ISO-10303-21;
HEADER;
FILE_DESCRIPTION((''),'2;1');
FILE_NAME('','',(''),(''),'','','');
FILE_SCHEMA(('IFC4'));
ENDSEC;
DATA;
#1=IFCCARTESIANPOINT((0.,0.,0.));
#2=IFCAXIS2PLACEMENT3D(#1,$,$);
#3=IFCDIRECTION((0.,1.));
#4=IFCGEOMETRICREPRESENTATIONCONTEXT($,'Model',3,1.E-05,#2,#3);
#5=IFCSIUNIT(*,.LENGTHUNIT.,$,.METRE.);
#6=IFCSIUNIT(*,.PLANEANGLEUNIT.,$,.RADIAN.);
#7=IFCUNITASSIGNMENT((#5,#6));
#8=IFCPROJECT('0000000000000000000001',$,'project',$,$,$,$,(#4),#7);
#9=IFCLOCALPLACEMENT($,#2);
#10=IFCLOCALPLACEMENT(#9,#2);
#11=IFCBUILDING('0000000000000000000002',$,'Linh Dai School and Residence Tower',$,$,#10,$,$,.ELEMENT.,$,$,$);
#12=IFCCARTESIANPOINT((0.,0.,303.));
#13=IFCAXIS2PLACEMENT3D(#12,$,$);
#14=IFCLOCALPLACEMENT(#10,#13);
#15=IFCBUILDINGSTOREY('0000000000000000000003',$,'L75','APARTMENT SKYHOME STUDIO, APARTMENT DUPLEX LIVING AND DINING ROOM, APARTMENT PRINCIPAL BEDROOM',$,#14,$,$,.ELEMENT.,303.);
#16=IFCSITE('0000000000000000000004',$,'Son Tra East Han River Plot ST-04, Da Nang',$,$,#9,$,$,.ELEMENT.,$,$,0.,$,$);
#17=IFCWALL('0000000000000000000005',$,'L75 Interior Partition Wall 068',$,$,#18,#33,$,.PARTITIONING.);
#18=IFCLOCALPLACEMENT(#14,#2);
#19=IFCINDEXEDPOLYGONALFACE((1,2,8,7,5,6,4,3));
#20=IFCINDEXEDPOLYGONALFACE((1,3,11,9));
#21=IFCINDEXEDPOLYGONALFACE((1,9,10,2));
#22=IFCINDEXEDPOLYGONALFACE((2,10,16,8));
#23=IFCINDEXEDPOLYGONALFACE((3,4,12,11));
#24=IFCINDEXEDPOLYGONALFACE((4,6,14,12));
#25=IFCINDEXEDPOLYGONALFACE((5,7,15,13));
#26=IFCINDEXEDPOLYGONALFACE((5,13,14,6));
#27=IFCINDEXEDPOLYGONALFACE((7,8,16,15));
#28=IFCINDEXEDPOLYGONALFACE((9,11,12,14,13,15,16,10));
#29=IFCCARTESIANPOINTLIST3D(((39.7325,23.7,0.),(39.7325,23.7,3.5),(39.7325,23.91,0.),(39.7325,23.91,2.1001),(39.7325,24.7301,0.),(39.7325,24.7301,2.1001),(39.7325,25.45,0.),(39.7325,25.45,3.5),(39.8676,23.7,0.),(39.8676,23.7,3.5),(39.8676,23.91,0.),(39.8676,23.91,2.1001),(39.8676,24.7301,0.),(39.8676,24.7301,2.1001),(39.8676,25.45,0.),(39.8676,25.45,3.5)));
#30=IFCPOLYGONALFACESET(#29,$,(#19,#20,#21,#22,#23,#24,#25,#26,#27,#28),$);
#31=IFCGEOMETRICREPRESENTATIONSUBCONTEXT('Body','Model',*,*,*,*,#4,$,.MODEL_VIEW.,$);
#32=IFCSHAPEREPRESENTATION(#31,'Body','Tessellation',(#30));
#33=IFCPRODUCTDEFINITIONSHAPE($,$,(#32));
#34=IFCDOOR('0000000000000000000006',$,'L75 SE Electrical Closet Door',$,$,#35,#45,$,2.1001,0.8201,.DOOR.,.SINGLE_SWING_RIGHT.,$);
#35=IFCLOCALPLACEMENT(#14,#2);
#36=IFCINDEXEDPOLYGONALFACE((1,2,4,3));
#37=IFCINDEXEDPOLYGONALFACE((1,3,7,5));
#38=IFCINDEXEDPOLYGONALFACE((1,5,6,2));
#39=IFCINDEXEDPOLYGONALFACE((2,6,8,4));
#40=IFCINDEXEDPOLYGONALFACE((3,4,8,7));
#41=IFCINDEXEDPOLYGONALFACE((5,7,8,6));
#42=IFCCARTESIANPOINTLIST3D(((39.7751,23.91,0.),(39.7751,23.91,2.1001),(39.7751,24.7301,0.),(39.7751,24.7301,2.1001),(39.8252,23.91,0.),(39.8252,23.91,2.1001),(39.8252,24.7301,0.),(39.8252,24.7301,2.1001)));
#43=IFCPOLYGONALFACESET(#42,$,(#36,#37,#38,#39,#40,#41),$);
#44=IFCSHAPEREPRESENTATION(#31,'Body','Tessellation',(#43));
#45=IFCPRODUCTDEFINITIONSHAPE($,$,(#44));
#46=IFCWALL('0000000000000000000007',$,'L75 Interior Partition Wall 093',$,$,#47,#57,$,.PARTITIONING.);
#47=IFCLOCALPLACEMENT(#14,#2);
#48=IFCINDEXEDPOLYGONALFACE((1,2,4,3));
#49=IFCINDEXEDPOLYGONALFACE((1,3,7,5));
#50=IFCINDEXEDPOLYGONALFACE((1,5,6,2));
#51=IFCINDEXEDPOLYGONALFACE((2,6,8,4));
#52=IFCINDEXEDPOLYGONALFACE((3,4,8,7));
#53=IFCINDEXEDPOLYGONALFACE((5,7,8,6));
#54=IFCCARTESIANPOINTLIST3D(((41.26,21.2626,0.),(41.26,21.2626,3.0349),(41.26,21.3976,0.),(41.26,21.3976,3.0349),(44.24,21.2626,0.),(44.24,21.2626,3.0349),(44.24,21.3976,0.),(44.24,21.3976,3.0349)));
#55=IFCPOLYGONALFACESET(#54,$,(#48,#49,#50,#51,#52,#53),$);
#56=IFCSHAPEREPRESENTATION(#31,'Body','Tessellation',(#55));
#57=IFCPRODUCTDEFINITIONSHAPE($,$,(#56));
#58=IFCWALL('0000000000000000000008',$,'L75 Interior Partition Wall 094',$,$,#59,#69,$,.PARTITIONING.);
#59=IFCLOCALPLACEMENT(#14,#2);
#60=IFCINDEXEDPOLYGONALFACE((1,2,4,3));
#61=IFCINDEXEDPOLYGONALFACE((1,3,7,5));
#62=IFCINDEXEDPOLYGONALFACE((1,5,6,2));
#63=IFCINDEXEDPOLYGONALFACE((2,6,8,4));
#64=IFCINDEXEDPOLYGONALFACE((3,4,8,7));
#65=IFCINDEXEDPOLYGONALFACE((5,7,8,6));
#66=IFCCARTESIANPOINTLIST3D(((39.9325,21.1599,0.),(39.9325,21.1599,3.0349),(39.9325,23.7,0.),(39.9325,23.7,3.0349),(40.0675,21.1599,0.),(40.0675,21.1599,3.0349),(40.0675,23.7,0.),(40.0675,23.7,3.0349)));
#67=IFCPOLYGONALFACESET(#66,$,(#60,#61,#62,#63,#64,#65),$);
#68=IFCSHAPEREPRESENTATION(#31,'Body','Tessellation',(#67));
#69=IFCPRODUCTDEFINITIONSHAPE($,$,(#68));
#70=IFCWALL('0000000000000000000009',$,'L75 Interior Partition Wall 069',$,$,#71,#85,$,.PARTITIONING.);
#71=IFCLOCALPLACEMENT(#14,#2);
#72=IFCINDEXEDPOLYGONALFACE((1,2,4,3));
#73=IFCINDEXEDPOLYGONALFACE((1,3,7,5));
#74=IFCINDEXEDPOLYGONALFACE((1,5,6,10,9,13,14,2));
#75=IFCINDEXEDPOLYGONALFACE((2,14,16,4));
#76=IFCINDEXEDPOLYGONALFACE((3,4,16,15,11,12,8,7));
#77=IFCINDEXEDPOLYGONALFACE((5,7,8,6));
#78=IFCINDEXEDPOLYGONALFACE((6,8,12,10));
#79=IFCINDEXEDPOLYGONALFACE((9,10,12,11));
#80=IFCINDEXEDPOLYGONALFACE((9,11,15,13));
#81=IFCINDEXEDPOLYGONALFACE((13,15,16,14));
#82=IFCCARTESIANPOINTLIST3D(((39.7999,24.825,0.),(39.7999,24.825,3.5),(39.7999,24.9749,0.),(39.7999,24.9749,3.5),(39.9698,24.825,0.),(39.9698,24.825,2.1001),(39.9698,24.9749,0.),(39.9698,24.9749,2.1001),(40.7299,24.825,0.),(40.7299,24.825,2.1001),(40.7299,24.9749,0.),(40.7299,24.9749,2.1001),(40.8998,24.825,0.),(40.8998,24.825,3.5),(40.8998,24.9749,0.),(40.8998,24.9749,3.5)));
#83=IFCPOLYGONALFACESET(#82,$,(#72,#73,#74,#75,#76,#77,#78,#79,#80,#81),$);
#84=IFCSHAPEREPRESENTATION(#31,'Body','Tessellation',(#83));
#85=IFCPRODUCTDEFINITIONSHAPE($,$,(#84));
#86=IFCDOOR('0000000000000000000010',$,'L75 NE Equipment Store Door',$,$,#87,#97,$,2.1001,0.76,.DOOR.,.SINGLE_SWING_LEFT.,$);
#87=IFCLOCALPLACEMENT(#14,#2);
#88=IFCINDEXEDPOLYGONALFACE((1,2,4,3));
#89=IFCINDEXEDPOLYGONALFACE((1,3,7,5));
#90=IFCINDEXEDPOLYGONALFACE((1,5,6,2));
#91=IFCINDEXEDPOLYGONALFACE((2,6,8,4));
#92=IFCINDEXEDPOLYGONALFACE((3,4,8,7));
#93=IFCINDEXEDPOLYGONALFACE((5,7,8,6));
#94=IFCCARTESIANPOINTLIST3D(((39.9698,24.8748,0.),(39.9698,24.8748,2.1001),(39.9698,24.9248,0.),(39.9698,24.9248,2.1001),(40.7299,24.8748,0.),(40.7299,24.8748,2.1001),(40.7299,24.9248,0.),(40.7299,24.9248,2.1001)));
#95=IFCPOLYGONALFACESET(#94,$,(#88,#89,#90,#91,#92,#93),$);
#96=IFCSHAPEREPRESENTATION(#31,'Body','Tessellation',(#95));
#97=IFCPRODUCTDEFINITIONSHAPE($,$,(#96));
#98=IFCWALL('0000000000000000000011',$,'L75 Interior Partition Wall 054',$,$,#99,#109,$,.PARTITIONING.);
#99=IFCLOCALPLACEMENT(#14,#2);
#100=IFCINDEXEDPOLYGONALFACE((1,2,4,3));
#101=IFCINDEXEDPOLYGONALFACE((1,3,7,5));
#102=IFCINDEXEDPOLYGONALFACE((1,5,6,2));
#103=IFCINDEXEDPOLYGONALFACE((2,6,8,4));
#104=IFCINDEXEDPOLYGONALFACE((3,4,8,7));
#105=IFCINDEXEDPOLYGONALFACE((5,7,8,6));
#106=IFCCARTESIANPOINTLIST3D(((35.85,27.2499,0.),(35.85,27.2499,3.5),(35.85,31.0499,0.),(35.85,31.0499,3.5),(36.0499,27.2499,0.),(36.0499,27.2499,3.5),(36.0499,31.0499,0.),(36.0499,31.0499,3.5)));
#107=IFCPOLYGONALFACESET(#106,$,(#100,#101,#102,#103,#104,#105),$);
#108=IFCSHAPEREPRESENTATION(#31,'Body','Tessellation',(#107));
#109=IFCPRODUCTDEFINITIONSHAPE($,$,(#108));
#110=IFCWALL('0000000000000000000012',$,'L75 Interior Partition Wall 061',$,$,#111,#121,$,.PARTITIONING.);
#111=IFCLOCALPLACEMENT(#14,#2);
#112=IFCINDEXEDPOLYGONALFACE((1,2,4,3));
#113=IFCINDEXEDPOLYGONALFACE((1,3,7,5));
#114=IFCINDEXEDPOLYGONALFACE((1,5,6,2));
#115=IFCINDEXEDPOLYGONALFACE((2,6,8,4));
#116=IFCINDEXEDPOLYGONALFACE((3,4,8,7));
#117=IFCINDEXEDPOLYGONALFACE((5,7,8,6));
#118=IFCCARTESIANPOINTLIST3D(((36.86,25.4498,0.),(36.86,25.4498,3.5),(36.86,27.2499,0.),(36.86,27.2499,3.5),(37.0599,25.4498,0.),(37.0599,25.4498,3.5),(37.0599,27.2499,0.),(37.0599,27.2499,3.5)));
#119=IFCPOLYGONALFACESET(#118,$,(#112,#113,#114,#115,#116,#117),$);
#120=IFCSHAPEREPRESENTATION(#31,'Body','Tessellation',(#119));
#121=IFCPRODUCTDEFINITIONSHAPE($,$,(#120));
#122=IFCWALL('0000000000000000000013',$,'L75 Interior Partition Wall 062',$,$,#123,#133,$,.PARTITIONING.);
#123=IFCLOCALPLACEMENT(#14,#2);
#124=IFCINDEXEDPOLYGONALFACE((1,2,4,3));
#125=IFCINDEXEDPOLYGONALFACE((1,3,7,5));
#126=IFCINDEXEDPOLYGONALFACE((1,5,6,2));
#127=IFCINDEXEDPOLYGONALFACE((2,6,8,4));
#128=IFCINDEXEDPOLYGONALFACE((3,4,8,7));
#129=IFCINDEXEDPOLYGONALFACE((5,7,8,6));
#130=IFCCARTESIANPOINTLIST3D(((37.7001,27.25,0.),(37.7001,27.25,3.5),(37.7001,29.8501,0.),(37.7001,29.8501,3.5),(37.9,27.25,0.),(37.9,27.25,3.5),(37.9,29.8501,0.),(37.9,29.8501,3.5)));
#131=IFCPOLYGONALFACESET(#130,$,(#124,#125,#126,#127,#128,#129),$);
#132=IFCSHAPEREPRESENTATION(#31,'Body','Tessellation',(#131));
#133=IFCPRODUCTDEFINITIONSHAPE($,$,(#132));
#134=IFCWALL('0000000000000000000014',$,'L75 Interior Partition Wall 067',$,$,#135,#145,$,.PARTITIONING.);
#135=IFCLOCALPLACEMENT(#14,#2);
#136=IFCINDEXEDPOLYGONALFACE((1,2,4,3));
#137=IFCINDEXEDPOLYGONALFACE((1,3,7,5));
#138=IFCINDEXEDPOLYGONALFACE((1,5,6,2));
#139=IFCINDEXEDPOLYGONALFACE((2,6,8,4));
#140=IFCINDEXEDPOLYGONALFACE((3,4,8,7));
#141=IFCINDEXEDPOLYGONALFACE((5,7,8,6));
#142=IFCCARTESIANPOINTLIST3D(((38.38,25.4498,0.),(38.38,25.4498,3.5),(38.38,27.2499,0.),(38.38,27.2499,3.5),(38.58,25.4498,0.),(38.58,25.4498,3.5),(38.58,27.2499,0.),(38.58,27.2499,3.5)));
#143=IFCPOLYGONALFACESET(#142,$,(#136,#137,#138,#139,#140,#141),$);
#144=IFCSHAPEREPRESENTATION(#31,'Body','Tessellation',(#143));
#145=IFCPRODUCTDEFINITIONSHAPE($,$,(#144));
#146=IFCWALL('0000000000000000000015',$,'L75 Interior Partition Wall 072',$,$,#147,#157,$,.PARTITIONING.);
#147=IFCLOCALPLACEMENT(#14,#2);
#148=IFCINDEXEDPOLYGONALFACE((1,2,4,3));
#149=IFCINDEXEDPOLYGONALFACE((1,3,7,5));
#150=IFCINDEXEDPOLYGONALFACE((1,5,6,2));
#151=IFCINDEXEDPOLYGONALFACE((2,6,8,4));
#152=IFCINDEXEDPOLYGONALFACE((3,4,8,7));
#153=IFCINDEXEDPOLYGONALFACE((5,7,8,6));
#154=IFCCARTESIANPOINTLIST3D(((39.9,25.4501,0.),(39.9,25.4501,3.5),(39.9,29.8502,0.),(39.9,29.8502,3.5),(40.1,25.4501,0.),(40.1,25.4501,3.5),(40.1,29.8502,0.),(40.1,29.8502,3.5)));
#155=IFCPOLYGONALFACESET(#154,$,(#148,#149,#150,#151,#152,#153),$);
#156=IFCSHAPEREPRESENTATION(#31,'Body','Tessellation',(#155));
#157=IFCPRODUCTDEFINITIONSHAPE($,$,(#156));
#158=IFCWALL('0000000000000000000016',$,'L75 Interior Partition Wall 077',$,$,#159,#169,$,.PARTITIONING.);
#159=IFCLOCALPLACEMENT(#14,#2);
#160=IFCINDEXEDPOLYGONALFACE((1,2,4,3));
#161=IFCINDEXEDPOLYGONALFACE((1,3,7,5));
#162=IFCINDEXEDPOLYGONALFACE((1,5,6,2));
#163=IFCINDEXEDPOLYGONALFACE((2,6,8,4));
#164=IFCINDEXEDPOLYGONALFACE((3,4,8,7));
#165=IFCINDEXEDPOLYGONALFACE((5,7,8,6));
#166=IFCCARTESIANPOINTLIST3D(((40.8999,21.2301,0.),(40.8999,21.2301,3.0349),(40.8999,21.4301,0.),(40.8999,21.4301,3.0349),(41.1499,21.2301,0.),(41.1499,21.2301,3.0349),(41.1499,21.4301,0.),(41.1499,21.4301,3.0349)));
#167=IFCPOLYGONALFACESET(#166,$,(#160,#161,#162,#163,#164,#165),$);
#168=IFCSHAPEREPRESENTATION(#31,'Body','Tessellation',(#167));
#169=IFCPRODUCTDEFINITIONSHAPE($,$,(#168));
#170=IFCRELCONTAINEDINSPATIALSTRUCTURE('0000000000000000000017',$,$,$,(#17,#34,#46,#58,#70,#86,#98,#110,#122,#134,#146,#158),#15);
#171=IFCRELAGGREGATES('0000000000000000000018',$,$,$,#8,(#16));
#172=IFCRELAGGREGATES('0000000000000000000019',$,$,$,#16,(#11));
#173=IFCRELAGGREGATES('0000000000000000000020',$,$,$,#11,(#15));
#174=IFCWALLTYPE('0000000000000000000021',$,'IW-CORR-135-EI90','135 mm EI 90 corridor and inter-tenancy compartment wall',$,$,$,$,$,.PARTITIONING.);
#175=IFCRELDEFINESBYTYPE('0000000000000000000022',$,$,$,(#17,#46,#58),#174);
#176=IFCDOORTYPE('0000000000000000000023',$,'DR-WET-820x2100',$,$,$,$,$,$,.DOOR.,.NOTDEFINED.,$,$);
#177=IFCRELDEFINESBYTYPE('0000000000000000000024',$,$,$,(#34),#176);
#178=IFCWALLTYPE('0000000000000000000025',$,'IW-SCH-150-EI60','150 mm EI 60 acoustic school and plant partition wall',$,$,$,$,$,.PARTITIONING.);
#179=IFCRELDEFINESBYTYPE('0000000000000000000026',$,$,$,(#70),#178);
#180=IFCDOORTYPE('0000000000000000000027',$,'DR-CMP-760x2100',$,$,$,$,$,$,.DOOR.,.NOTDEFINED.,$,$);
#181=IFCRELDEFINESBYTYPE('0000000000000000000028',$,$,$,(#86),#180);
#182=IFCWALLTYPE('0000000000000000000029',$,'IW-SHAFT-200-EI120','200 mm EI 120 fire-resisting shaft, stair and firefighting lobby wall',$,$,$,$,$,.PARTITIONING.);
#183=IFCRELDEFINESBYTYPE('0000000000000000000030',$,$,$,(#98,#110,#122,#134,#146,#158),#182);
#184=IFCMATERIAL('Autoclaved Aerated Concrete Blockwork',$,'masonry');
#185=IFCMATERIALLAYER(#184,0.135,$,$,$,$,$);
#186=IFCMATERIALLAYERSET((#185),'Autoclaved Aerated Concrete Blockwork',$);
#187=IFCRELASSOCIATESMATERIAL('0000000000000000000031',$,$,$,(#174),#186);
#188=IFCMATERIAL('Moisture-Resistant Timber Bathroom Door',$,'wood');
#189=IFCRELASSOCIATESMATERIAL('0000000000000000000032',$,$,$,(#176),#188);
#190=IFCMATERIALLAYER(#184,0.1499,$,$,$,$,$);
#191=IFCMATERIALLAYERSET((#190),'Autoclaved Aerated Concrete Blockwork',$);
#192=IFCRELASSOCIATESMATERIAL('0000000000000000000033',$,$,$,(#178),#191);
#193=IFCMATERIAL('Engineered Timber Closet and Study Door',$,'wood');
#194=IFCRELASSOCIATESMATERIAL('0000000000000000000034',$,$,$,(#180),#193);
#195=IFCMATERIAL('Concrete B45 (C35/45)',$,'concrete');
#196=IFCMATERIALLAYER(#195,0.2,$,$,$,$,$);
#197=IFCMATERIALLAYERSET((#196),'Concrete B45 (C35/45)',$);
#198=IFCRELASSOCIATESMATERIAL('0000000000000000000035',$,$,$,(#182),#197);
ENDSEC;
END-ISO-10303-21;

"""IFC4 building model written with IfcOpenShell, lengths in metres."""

from ifc_helpers import new_model, si_unit, direction, frame, frame_2d, origin, origin_2d, place, context, subcontext, project, spatial, rectangle, extrude, source, transform, mapped, material, layer, layer_set, type_object, element, fill, save


model = new_model("IFC4")

# Units and contexts
model_context = context("Model", 3, precision=1e-05, world=origin(), true_north=direction((0.0, 1.0)))
body_context = subcontext(model_context, "Body", "Model", "MODEL_VIEW")
ifc_project = project(units=[si_unit("LENGTHUNIT", "METRE"), si_unit("PLANEANGLEUNIT", "RADIAN")], contexts=[model_context])

# Site, building, storey
site_placement = place(None, origin())
site = spatial("IfcSite", under=ifc_project, at=site_placement, Name="Son Tra East Han River Plot ST-04, Da Nang", CompositionType="ELEMENT", RefElevation=0.0)
building_placement = place(site_placement, origin())
building = spatial("IfcBuilding", under=site, at=building_placement, Name="Linh Dai School and Residence Tower", CompositionType="ELEMENT")
storey_placement = place(building_placement, frame((0.0, 0.0, 303.0)))
storey = spatial("IfcBuildingStorey", under=building, at=storey_placement, Name="L75", Description="APARTMENT SKYHOME STUDIO, APARTMENT DUPLEX LIVING AND DINING ROOM, APARTMENT PRINCIPAL BEDROOM", CompositionType="ELEMENT", Elevation=303.0)

# Wall, opening, door
ifc_material_1 = material(Name="Autoclaved Aerated Concrete Blockwork", Category="masonry")
ifc_layer_1 = layer(ifc_material_1, 0.135)
ifc_layer_set_1 = layer_set([ifc_layer_1], Name="Autoclaved Aerated Concrete Blockwork")
wall_type_1 = type_object("IfcWallType", Name="IW-CORR-135-EI90", Description="135 mm EI 90 corridor and inter-tenancy compartment wall", PredefinedType="PARTITIONING", material=ifc_layer_set_1)
wall_1_placement = place(storey_placement, frame((39.8, 23.7, 0.0), z_axis=(0.0, 0.0, 1.0), x_axis=(0.0, 1.0, 0.0)))
wall_1 = element("IfcWall", 1, at=wall_1_placement, inside=storey, type_object=wall_type_1, Name="L75 Interior Partition Wall 068", PredefinedType="PARTITIONING", context=body_context, shape_type="SweptSolid", body=[
    extrude(rectangle(XDim=1.75, YDim=0.135, at=frame_2d((0.875, 0.0))), origin(), (0.0, 0.0, 1.0), 3.5),
])
opening_1_placement = place(wall_1_placement, frame((0.21, 0.0, 0.0)))
opening_1 = element("IfcOpeningElement", 2, at=opening_1_placement, cuts=wall_1, PredefinedType="OPENING", context=body_context, shape_type="SweptSolid", body=[
    extrude(rectangle(XDim=0.8201, YDim=2.1001, at=origin_2d()), frame((0.4102, 0.0776, 1.05), z_axis=(0.0, -1.0, 0.0), x_axis=(1.0, 0.0, 0.0)), (0.0, 0.0, 1.0), 0.155),
])
ifc_material_2 = material(Name="Moisture-Resistant Timber Bathroom Door", Category="wood")
door_type_1 = type_object("IfcDoorType", Name="DR-WET-820x2100", OperationType="NOTDEFINED", PredefinedType="DOOR", material=ifc_material_2)
shared_shape_1 = source(origin(), body_context, "Body", "SweptSolid", [
    extrude(rectangle(XDim=0.8201, YDim=2.1001, at=origin_2d()), frame((0.4102, 0.0249, 1.05), z_axis=(0.0, -1.0, 0.0), x_axis=(1.0, 0.0, 0.0)), (0.0, 0.0, 1.0), 0.05),
])
door_1_placement = place(opening_1_placement, origin())
door_1 = element("IfcDoor", 3, at=door_1_placement, inside=storey, type_object=door_type_1, Name="L75 SE Electrical Closet Door", OperationType="SINGLE_SWING_RIGHT", OverallHeight=2.1001, OverallWidth=0.8201, PredefinedType="DOOR", context=body_context, shape_type="MappedRepresentation", body=[
    mapped(shared_shape_1, transform((0.0, 0.0, 0.0), x_axis=(1.0, 0.0, 0.0), y_axis=(0.0, 1.0, 0.0), z_axis=(0.0, 0.0, 1.0), scale=1.0)),
])
fill(opening_1, door_1)

# Walls
wall_2_placement = place(storey_placement, frame((44.24, 21.3301, 0.0), z_axis=(0.0, 0.0, 1.0), x_axis=(-1.0, 0.0, 0.0)))
element("IfcWall", 4, at=wall_2_placement, inside=storey, type_object=wall_type_1, Name="L75 Interior Partition Wall 093", PredefinedType="PARTITIONING", context=body_context, shape_type="SweptSolid", body=[
    extrude(rectangle(XDim=2.98, YDim=0.135, at=frame_2d((1.49, 0.0))), origin(), (0.0, 0.0, 1.0), 3.0349),
])
wall_3_placement = place(storey_placement, frame((40.0, 23.7, 0.0), z_axis=(0.0, 0.0, 1.0), x_axis=(0.0, -1.0, 0.0)))
element("IfcWall", 5, at=wall_3_placement, inside=storey, type_object=wall_type_1, Name="L75 Interior Partition Wall 094", PredefinedType="PARTITIONING", context=body_context, shape_type="SweptSolid", body=[
    extrude(rectangle(XDim=2.54, YDim=0.135, at=frame_2d((1.27, 0.0))), origin(), (0.0, 0.0, 1.0), 3.0349),
])

# Wall, opening, door
ifc_layer_2 = layer(ifc_material_1, 0.1499)
ifc_layer_set_2 = layer_set([ifc_layer_2], Name="Autoclaved Aerated Concrete Blockwork")
wall_type_2 = type_object("IfcWallType", Name="IW-SCH-150-EI60", Description="150 mm EI 60 acoustic school and plant partition wall", PredefinedType="PARTITIONING", material=ifc_layer_set_2)
wall_4_placement = place(storey_placement, frame((39.8, 24.8999, 0.0), z_axis=(0.0, 0.0, 1.0), x_axis=(1.0, 0.0, 0.0)))
wall_4 = element("IfcWall", 6, at=wall_4_placement, inside=storey, type_object=wall_type_2, Name="L75 Interior Partition Wall 069", PredefinedType="PARTITIONING", context=body_context, shape_type="SweptSolid", body=[
    extrude(rectangle(XDim=1.0999, YDim=0.1499, at=frame_2d((0.5498, 0.0))), origin(), (0.0, 0.0, 1.0), 3.5),
])
opening_2_placement = place(wall_4_placement, frame((0.1699, 0.0, 0.0)))
opening_2 = element("IfcOpeningElement", 7, at=opening_2_placement, cuts=wall_4, PredefinedType="OPENING", context=body_context, shape_type="SweptSolid", body=[
    extrude(rectangle(XDim=0.76, YDim=2.1001, at=origin_2d()), frame((0.3799, 0.085, 1.05), z_axis=(0.0, -1.0, 0.0), x_axis=(1.0, 0.0, 0.0)), (0.0, 0.0, 1.0), 0.1699),
])
ifc_material_3 = material(Name="Engineered Timber Closet and Study Door", Category="wood")
door_type_2 = type_object("IfcDoorType", Name="DR-CMP-760x2100", OperationType="NOTDEFINED", PredefinedType="DOOR", material=ifc_material_3)
shared_shape_2 = source(origin(), body_context, "Body", "SweptSolid", [
    extrude(rectangle(XDim=0.76, YDim=2.1001, at=origin_2d()), frame((0.3799, 0.0249, 1.05), z_axis=(0.0, -1.0, 0.0), x_axis=(1.0, 0.0, 0.0)), (0.0, 0.0, 1.0), 0.05),
])
door_2_placement = place(opening_2_placement, origin())
door_2 = element("IfcDoor", 8, at=door_2_placement, inside=storey, type_object=door_type_2, Name="L75 NE Equipment Store Door", OperationType="SINGLE_SWING_LEFT", OverallHeight=2.1001, OverallWidth=0.76, PredefinedType="DOOR", context=body_context, shape_type="MappedRepresentation", body=[
    mapped(shared_shape_2, transform((0.0, 0.0, 0.0), x_axis=(1.0, 0.0, 0.0), y_axis=(0.0, 1.0, 0.0), z_axis=(0.0, 0.0, 1.0), scale=1.0)),
])
fill(opening_2, door_2)

# Walls
ifc_material_4 = material(Name="Concrete B45 (C35/45)", Category="concrete")
ifc_layer_3 = layer(ifc_material_4, 0.2)
ifc_layer_set_3 = layer_set([ifc_layer_3], Name="Concrete B45 (C35/45)")
wall_type_3 = type_object("IfcWallType", Name="IW-SHAFT-200-EI120", Description="200 mm EI 120 fire-resisting shaft, stair and firefighting lobby wall", PredefinedType="PARTITIONING", material=ifc_layer_set_3)
wall_5_placement = place(storey_placement, frame((35.95, 27.25, 0.0), z_axis=(0.0, 0.0, 1.0), x_axis=(0.0, 1.0, 0.0)))
element("IfcWall", 9, at=wall_5_placement, inside=storey, type_object=wall_type_3, Name="L75 Interior Partition Wall 054", PredefinedType="PARTITIONING", context=body_context, shape_type="SweptSolid", body=[
    extrude(rectangle(XDim=3.8, YDim=0.2, at=frame_2d((1.8999, 0.0))), origin(), (0.0, 0.0, 1.0), 3.5),
])
wall_6_placement = place(storey_placement, frame((36.96, 25.45, 0.0), z_axis=(0.0, 0.0, 1.0), x_axis=(0.0, 1.0, 0.0)))
element("IfcWall", 10, at=wall_6_placement, inside=storey, type_object=wall_type_3, Name="L75 Interior Partition Wall 061", PredefinedType="PARTITIONING", context=body_context, shape_type="SweptSolid", body=[
    extrude(rectangle(XDim=1.8, YDim=0.2, at=frame_2d((0.8999, 0.0))), origin(), (0.0, 0.0, 1.0), 3.5),
])
wall_7_placement = place(storey_placement, frame((37.8, 27.25, 0.0), z_axis=(0.0, 0.0, 1.0), x_axis=(0.0, 1.0, 0.0)))
element("IfcWall", 11, at=wall_7_placement, inside=storey, type_object=wall_type_3, Name="L75 Interior Partition Wall 062", PredefinedType="PARTITIONING", context=body_context, shape_type="SweptSolid", body=[
    extrude(rectangle(XDim=2.6001, YDim=0.2, at=frame_2d((1.3, 0.0))), origin(), (0.0, 0.0, 1.0), 3.5),
])
wall_8_placement = place(storey_placement, frame((38.48, 25.45, 0.0), z_axis=(0.0, 0.0, 1.0), x_axis=(0.0, 1.0, 0.0)))
element("IfcWall", 12, at=wall_8_placement, inside=storey, type_object=wall_type_3, Name="L75 Interior Partition Wall 067", PredefinedType="PARTITIONING", context=body_context, shape_type="SweptSolid", body=[
    extrude(rectangle(XDim=1.8, YDim=0.2, at=frame_2d((0.8999, 0.0))), origin(), (0.0, 0.0, 1.0), 3.5),
])
wall_9_placement = place(storey_placement, frame((40.0, 25.45, 0.0), z_axis=(0.0, 0.0, 1.0), x_axis=(0.0, 1.0, 0.0)))
element("IfcWall", 13, at=wall_9_placement, inside=storey, type_object=wall_type_3, Name="L75 Interior Partition Wall 072", PredefinedType="PARTITIONING", context=body_context, shape_type="SweptSolid", body=[
    extrude(rectangle(XDim=4.4001, YDim=0.2, at=frame_2d((2.2002, 0.0))), origin(), (0.0, 0.0, 1.0), 3.5),
])
wall_10_placement = place(storey_placement, frame((40.8999, 21.3301, 0.0), z_axis=(0.0, 0.0, 1.0), x_axis=(1.0, 0.0, 0.0)))
element("IfcWall", 14, at=wall_10_placement, inside=storey, type_object=wall_type_3, Name="L75 Interior Partition Wall 077", PredefinedType="PARTITIONING", context=body_context, shape_type="SweptSolid", body=[
    extrude(rectangle(XDim=0.25, YDim=0.2, at=frame_2d((0.125, 0.0))), origin(), (0.0, 0.0, 1.0), 3.0349),
])

save(model, "model.ifc")
